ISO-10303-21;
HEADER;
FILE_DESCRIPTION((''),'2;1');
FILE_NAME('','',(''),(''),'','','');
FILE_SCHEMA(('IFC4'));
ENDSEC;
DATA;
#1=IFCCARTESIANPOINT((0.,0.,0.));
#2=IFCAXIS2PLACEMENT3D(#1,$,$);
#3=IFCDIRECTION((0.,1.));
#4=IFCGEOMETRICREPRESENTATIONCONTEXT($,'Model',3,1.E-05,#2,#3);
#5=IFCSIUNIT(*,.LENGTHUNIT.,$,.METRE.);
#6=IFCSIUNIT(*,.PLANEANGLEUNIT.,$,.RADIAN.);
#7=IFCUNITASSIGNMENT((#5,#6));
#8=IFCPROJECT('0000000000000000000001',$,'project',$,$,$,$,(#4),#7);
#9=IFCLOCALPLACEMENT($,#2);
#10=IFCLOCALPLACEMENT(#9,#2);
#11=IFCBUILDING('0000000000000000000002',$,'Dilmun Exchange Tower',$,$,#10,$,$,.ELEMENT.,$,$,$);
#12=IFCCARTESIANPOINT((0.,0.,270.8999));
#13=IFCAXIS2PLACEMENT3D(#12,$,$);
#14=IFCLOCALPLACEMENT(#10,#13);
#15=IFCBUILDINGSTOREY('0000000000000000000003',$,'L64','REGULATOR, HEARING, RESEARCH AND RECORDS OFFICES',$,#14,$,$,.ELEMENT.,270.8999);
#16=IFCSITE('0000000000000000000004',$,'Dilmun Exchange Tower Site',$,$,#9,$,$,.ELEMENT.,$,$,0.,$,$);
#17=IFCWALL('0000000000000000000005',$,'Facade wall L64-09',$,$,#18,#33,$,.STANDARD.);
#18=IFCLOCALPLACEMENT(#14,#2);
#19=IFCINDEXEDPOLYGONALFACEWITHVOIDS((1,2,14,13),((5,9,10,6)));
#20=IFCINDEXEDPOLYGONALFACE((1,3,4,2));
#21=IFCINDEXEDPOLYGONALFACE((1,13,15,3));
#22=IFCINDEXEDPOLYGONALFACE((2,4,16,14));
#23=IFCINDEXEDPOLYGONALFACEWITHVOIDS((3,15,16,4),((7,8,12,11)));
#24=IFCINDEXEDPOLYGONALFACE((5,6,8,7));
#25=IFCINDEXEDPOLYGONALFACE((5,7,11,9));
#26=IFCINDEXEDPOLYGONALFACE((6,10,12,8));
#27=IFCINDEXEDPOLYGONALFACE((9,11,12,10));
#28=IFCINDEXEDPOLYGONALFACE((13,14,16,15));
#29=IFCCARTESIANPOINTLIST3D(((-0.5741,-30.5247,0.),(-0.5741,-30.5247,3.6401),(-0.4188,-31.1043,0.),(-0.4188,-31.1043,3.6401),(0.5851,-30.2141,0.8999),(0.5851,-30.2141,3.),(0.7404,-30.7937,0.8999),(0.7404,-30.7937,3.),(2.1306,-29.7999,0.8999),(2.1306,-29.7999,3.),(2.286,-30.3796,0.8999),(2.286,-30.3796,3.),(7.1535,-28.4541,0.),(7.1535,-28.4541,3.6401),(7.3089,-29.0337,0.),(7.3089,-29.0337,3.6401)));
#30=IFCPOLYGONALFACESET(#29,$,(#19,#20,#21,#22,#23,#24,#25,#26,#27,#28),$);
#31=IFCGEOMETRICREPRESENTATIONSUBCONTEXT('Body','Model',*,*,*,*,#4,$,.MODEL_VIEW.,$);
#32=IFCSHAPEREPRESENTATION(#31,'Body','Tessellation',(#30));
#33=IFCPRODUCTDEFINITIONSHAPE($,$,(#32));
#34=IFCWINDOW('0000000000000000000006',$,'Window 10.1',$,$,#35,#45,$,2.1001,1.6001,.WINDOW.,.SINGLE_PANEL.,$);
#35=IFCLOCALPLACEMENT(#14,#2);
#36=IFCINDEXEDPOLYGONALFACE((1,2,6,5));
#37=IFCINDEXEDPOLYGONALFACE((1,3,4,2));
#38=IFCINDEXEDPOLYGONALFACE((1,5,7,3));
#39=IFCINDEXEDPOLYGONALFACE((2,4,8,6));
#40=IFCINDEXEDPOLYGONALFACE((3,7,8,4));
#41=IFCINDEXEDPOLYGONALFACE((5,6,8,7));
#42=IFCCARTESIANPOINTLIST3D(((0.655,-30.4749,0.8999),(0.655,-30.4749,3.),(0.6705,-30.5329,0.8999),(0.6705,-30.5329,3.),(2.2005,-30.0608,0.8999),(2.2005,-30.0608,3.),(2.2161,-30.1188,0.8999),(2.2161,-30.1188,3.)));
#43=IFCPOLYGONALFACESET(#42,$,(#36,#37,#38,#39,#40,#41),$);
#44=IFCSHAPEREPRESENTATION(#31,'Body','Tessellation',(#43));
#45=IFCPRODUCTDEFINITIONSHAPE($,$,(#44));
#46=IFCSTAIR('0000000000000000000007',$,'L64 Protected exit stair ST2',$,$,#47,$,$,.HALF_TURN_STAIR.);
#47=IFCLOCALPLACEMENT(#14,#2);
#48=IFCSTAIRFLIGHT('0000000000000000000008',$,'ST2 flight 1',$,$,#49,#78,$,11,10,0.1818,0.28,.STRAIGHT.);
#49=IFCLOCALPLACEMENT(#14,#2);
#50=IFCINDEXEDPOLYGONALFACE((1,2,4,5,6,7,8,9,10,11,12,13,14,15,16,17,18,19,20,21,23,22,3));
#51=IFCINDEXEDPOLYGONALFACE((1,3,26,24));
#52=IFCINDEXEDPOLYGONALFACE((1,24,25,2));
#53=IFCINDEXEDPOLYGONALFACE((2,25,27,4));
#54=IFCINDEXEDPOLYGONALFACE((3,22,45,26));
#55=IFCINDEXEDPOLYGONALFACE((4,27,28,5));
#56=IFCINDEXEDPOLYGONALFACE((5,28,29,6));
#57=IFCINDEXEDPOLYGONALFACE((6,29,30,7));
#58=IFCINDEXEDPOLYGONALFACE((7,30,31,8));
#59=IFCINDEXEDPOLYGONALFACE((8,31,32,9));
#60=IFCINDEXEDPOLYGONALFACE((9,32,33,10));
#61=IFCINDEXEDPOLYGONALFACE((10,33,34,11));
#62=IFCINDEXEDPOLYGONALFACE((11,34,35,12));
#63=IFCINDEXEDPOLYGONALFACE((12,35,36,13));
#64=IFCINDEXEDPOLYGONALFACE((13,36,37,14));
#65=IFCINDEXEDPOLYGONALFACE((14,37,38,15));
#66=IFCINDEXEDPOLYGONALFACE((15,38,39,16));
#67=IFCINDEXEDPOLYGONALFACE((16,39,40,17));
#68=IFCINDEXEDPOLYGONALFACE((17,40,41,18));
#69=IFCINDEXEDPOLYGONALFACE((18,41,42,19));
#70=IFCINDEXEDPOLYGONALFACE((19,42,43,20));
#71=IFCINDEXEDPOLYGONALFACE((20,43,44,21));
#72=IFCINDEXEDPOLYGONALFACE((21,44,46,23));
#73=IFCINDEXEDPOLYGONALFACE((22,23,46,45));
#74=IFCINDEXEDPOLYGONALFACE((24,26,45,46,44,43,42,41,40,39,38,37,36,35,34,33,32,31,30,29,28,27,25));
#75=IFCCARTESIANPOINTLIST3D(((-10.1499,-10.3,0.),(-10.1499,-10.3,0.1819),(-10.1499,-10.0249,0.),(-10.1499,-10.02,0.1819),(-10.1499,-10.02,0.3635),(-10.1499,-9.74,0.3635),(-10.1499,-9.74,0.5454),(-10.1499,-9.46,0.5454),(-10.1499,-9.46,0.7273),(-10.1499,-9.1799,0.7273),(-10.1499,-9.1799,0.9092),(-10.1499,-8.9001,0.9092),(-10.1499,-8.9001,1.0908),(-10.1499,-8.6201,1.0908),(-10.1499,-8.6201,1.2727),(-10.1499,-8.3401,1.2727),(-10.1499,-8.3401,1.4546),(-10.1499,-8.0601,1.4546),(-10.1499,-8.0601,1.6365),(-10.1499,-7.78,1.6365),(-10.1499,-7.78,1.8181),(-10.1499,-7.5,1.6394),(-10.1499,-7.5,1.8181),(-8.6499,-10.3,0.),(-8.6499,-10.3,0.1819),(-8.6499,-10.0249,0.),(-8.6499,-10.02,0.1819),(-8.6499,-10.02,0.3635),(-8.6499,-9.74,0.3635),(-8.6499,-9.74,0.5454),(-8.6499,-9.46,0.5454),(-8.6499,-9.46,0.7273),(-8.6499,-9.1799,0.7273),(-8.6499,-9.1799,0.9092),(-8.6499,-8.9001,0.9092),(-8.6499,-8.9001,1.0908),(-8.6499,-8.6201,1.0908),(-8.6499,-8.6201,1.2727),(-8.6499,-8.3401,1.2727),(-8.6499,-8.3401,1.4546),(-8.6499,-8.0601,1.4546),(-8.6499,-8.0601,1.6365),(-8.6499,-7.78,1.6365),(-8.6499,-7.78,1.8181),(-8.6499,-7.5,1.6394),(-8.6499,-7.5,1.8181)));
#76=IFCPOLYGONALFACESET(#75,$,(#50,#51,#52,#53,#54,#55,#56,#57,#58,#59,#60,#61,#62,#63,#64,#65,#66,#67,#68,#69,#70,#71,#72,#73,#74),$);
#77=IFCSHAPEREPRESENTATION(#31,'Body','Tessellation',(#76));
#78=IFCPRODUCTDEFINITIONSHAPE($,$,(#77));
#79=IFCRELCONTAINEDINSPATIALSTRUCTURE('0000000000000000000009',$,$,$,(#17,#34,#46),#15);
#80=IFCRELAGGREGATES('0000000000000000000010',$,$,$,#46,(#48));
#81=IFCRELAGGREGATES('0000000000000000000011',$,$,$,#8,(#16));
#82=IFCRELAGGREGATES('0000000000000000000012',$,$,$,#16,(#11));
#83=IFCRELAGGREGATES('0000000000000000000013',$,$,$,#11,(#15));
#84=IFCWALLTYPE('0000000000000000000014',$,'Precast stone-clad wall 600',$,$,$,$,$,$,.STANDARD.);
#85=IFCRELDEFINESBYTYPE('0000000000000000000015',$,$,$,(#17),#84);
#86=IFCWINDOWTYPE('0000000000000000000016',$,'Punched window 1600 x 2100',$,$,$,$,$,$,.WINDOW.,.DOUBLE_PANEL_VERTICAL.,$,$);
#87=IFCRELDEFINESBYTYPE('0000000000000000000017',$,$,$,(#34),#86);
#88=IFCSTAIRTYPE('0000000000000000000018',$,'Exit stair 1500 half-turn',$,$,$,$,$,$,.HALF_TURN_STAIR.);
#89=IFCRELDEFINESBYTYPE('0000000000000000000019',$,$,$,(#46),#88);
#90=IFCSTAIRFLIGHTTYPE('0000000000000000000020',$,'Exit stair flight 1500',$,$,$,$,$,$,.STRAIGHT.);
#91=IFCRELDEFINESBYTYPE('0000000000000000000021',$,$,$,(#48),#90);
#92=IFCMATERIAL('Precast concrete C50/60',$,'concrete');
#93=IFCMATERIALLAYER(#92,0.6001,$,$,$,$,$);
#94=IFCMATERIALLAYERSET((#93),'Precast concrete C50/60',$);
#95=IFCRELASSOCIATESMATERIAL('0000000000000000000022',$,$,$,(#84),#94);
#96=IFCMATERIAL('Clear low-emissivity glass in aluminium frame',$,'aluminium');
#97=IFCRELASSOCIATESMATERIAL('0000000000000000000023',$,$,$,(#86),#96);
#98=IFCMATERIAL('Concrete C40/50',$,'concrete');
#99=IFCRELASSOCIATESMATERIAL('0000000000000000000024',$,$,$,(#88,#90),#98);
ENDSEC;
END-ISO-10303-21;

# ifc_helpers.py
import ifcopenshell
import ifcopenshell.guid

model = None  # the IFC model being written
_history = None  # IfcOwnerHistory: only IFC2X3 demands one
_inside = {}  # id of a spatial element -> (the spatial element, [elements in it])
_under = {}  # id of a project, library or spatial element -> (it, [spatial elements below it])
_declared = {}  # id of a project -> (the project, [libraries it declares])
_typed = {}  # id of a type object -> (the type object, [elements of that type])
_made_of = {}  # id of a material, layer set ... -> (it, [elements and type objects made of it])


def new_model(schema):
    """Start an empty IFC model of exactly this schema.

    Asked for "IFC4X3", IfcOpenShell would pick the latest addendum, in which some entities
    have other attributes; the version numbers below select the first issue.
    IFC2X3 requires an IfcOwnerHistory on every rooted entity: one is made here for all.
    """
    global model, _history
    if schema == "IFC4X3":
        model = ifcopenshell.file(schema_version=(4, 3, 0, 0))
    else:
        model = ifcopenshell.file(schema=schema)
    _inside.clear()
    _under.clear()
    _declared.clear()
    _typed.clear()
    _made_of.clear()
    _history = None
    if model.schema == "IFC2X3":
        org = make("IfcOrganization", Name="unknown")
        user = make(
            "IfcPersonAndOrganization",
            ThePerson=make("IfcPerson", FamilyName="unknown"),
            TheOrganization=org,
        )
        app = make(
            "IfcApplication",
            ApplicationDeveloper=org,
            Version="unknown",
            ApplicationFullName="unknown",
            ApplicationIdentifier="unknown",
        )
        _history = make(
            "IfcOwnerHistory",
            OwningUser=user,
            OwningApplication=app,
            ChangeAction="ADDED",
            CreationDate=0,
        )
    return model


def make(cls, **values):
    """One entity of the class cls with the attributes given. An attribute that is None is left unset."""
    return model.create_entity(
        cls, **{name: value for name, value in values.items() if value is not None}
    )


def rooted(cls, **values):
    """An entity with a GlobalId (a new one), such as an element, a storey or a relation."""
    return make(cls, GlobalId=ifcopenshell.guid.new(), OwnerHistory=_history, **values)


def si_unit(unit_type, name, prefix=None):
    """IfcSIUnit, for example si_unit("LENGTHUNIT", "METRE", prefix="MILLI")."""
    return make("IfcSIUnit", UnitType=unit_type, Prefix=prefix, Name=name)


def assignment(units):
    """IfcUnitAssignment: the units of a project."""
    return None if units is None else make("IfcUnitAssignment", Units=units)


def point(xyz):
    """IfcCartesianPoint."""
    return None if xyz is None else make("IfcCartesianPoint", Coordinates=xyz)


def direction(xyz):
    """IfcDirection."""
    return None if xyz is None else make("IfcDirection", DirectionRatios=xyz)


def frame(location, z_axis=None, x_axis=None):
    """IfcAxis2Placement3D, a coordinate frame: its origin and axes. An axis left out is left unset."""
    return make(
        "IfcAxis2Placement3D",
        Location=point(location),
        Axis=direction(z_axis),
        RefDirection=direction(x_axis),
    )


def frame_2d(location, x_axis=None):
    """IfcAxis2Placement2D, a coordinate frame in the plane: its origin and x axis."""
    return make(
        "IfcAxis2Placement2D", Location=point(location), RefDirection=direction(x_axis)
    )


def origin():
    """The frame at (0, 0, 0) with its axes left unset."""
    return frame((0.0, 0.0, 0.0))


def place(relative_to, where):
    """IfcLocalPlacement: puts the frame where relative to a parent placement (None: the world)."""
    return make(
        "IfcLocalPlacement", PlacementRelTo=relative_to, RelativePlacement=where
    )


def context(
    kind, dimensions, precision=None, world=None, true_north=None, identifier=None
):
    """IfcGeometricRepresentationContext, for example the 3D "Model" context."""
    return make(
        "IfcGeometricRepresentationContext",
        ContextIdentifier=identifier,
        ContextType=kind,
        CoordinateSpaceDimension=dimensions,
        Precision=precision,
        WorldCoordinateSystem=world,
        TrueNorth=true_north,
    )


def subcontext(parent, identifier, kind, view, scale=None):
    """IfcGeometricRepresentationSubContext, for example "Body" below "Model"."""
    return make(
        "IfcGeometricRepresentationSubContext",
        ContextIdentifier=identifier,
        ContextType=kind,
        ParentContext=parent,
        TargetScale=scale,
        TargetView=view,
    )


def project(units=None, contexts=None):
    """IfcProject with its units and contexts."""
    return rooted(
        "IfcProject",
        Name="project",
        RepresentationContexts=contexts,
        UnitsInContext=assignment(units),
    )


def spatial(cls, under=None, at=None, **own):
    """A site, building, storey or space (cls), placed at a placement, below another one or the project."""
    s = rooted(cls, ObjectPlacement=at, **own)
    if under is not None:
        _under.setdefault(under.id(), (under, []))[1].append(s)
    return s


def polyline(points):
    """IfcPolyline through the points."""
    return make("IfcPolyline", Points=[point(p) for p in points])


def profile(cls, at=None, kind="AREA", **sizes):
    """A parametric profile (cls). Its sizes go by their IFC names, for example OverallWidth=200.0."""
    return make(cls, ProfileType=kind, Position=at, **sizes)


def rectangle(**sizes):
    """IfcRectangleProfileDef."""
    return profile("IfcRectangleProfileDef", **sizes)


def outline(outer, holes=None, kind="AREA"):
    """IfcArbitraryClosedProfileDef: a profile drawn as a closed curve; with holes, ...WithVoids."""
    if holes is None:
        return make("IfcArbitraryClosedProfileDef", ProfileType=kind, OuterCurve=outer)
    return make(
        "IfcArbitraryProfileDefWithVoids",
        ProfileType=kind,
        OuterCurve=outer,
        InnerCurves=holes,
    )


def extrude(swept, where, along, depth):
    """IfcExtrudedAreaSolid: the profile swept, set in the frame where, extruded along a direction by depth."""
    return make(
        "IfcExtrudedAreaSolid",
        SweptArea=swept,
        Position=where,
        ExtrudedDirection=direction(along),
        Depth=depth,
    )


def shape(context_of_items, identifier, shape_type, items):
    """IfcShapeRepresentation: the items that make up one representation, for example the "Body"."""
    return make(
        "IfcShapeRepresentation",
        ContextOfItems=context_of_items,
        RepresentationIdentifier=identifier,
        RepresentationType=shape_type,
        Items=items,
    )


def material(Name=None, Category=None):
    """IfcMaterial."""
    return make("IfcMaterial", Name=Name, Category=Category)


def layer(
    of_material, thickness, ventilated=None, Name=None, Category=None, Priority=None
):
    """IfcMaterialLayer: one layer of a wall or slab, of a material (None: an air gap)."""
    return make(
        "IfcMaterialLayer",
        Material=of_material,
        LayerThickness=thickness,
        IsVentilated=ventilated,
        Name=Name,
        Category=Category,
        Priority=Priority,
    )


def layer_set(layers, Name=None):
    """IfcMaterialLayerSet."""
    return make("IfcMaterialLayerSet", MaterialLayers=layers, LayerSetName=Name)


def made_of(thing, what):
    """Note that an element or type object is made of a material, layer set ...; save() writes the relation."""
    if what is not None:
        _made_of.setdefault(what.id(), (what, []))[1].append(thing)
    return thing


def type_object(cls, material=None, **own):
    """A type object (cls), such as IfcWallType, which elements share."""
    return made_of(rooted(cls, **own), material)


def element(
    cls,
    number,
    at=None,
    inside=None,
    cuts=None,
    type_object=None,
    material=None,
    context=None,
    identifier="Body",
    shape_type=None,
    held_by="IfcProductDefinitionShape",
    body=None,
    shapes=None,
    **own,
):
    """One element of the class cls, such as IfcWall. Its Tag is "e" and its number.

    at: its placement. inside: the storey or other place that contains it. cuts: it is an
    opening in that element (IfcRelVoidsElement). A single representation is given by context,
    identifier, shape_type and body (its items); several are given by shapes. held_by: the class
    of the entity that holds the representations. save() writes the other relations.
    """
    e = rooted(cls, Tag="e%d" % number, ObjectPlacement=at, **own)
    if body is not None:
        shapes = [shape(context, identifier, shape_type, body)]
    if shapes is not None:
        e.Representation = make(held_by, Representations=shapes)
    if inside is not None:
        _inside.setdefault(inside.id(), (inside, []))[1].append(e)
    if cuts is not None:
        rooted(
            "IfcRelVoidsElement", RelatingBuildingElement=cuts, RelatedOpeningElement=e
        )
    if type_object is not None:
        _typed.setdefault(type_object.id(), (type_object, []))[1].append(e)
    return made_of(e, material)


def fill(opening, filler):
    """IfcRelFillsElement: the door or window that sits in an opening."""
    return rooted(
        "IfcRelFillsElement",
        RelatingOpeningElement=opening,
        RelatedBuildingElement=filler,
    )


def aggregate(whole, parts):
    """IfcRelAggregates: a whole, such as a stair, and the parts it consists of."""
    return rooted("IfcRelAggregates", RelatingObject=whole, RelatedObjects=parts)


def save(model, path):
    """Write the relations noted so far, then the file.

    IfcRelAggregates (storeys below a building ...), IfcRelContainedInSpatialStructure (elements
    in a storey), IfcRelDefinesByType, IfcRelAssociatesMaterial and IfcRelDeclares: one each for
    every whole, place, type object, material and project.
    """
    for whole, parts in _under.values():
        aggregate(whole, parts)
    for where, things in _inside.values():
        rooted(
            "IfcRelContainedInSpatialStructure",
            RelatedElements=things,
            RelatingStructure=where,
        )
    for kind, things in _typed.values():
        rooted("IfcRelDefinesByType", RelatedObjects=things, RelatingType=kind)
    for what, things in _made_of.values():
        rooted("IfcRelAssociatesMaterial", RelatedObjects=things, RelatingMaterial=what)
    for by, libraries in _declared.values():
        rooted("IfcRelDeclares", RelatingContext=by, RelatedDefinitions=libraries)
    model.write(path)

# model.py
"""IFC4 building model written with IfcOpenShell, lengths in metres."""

from ifc_helpers import new_model, si_unit, direction, frame, frame_2d, origin, place, context, subcontext, project, spatial, polyline, rectangle, outline, extrude, material, layer, layer_set, type_object, element, fill, aggregate, save


model = new_model("IFC4")

# Units and contexts
model_context = context("Model", 3, precision=1e-05, world=origin(), true_north=direction((0.0, 1.0)))
body_context = subcontext(model_context, "Body", "Model", "MODEL_VIEW")
ifc_project = project(units=[si_unit("LENGTHUNIT", "METRE"), si_unit("PLANEANGLEUNIT", "RADIAN")], contexts=[model_context])

# Site, building, storey
site_placement = place(None, origin())
site = spatial("IfcSite", under=ifc_project, at=site_placement, Name="Dilmun Exchange Tower Site", CompositionType="ELEMENT", RefElevation=0.0)
building_placement = place(site_placement, origin())
building = spatial("IfcBuilding", under=site, at=building_placement, Name="Dilmun Exchange Tower", CompositionType="ELEMENT")
storey_placement = place(building_placement, frame((0.0, 0.0, 270.8999)))
storey = spatial("IfcBuildingStorey", under=building, at=storey_placement, Name="L64", Description="REGULATOR, HEARING, RESEARCH AND RECORDS OFFICES", CompositionType="ELEMENT", Elevation=270.8999)

# Shared definitions
ifc_material_1 = material(Name="Concrete C40/50", Category="concrete")

# Wall, opening, window
ifc_material_2 = material(Name="Precast concrete C50/60", Category="concrete")
ifc_layer_1 = layer(ifc_material_2, 0.6001)
ifc_layer_set_1 = layer_set([ifc_layer_1], Name="Precast concrete C50/60")
wall_type_1 = type_object("IfcWallType", Name="Precast stone-clad wall 600", PredefinedType="STANDARD", material=ifc_layer_set_1)
wall_1_placement = place(storey_placement, frame((-0.4963, -30.8145, 0.0), z_axis=(0.0, 0.0, 1.0), x_axis=(0.965927, 0.258815, 0.0)))
wall_1 = element("IfcWall", 1, at=wall_1_placement, inside=storey, type_object=wall_type_1, Name="Facade wall L64-09", PredefinedType="STANDARD", context=body_context, shape_type="SweptSolid", body=[
    extrude(rectangle(XDim=8.0002, YDim=0.6001, at=frame_2d((4.0, 0.0))), origin(), (0.0, 0.0, 1.0), 3.6401),
])
opening_1_placement = place(wall_1_placement, frame((1.2, 0.0, 0.8999)))
opening_1 = element("IfcOpeningElement", 2, at=opening_1_placement, cuts=wall_1, PredefinedType="OPENING", context=body_context, shape_type="SweptSolid", body=[
    extrude(rectangle(XDim=1.6001, YDim=2.1001, at=frame_2d((0.8, 1.05))), frame((0.0, 0.3101, 0.0), z_axis=(0.0, -1.0, 0.0), x_axis=(1.0, 0.0, 0.0)), (0.0, 0.0, 1.0), 0.6201),
])
ifc_material_3 = material(Name="Clear low-emissivity glass in aluminium frame", Category="aluminium")
window_type = type_object("IfcWindowType", Name="Punched window 1600 x 2100", PartitioningType="DOUBLE_PANEL_VERTICAL", PredefinedType="WINDOW", material=ifc_material_3)
window_placement = place(opening_1_placement, origin())
window = element("IfcWindow", 3, at=window_placement, inside=storey, type_object=window_type, Name="Window 10.1", OverallHeight=2.1001, OverallWidth=1.6001, PartitioningType="SINGLE_PANEL", PredefinedType="WINDOW", context=body_context, shape_type="SweptSolid", body=[
    extrude(rectangle(XDim=1.6001, YDim=2.1001, at=frame_2d((0.8, 1.05))), frame((0.0, 0.03, 0.0), z_axis=(0.0, -1.0, 0.0), x_axis=(1.0, 0.0, 0.0)), (0.0, 0.0, 1.0), 0.0601),
])
fill(opening_1, window)

# Stair, stair flight
stair_type = type_object("IfcStairType", Name="Exit stair 1500 half-turn", PredefinedType="HALF_TURN_STAIR", material=ifc_material_1)
stair_placement = place(storey_placement, origin())
stair = element("IfcStair", 4, at=stair_placement, inside=storey, type_object=stair_type, Name="L64 Protected exit stair ST2", PredefinedType="HALF_TURN_STAIR")
stair_flight_type = type_object("IfcStairFlightType", Name="Exit stair flight 1500", PredefinedType="STRAIGHT", material=ifc_material_1)
stair_flight_placement = place(storey_placement, frame((-9.3999, -10.3, 0.0), z_axis=(0.0, 0.0, 1.0), x_axis=(0.0, 1.0, 0.0)))
stair_flight = element("IfcStairFlight", 5, at=stair_flight_placement, type_object=stair_flight_type, Name="ST2 flight 1", NumberOfRisers=11, NumberOfTreads=10, PredefinedType="STRAIGHT", RiserHeight=0.1818, TreadLength=0.28, context=body_context, shape_type="SweptSolid", body=[
    extrude(outline(polyline([(0.0, 0.0), (0.0, 0.1819), (0.28, 0.1819), (0.28, 0.3635), (0.5601, 0.3635), (0.5601, 0.5454), (0.8401, 0.5454), (0.8401, 0.7273), (1.1201, 0.7273), (1.1201, 0.9092), (1.3999, 0.9092), (1.3999, 1.0908), (1.6799, 1.0908), (1.6799, 1.2727), (1.96, 1.2727), (1.96, 1.4546), (2.24, 1.4546), (2.24, 1.6365), (2.52, 1.6365), (2.52, 1.8181), (2.8, 1.8181), (2.8, 2.0), (2.8, 1.6394), (0.2751, 0.0), (0.0, 0.0)])), frame((0.0, 0.75, 0.0), z_axis=(0.0, -1.0, 0.0), x_axis=(1.0, 0.0, 0.0)), (0.0, 0.0, 1.0), 1.5),
])
aggregate(stair, [stair_flight])

save(model, "model.ifc")
